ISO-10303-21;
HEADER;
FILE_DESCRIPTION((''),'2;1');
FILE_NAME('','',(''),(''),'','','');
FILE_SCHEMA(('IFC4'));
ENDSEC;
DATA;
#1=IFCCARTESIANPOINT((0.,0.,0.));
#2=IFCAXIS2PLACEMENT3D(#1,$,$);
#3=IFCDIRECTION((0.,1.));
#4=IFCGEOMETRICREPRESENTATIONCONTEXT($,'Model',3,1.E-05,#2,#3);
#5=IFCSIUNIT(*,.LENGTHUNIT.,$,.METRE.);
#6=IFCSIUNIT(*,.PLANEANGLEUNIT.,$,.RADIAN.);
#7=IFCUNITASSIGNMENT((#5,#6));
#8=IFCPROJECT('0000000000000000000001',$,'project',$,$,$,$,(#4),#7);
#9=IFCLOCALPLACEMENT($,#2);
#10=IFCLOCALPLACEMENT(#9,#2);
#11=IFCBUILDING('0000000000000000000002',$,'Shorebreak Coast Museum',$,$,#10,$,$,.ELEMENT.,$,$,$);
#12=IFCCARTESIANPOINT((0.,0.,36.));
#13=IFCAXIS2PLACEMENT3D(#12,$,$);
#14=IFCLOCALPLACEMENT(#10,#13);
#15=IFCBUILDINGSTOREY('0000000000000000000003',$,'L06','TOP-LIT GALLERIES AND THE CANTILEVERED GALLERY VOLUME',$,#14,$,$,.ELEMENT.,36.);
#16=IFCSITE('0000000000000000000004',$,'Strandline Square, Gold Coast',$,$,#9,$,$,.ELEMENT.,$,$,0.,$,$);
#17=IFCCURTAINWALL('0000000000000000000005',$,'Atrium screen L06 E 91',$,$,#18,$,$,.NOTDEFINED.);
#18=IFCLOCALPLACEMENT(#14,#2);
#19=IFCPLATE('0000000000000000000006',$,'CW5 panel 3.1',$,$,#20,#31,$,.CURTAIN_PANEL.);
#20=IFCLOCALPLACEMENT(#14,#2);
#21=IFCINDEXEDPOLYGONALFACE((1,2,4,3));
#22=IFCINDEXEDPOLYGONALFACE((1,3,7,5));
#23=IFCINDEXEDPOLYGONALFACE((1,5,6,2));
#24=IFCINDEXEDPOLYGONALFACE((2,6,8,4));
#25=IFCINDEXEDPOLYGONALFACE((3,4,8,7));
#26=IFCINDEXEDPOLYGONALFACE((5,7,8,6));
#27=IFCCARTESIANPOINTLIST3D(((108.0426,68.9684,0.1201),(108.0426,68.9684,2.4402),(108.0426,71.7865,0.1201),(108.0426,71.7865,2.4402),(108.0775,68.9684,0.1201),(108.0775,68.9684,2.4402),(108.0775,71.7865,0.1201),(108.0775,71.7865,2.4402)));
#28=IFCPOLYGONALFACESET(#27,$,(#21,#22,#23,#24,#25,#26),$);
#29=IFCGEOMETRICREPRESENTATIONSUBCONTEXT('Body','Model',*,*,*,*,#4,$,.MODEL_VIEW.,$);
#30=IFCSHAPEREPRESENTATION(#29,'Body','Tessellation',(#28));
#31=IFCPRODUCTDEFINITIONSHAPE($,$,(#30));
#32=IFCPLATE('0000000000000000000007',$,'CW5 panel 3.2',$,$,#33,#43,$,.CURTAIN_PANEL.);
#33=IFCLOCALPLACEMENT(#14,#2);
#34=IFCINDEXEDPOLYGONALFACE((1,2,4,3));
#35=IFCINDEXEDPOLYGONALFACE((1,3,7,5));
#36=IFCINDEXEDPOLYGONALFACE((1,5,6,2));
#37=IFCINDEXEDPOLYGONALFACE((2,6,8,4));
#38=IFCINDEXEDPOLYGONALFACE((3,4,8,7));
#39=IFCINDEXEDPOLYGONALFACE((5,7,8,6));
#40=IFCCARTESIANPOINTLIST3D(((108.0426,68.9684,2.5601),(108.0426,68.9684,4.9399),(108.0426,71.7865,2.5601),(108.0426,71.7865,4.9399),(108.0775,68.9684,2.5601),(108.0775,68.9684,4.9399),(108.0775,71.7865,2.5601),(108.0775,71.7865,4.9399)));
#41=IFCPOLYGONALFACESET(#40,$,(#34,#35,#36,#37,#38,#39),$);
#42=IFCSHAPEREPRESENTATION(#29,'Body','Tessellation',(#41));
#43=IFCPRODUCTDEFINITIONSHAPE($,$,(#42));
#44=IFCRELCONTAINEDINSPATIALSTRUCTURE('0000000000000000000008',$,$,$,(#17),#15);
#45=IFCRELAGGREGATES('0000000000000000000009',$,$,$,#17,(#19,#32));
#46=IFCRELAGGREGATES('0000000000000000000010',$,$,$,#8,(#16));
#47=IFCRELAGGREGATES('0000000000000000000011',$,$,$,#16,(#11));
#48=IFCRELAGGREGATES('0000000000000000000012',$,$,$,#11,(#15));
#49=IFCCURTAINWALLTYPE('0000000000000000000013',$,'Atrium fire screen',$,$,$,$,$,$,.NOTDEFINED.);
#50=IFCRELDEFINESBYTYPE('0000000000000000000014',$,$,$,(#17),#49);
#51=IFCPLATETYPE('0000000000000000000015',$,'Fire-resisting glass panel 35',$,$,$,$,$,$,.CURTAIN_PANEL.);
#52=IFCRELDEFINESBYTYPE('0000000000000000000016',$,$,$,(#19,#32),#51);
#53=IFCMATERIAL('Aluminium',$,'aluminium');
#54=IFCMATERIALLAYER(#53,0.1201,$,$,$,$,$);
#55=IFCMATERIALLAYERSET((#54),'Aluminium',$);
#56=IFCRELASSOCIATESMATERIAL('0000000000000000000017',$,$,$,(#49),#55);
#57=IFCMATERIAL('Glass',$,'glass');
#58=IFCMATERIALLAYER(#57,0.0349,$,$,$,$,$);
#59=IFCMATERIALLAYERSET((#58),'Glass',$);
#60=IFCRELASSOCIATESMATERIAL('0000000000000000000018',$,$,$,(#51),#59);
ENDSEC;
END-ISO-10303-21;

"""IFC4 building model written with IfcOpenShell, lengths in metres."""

from ifc_helpers import new_model, si_unit, direction, frame, origin, origin_2d, place, context, subcontext, project, spatial, rectangle, extrude, material, layer, layer_set, type_object, element, aggregate, save


model = new_model("IFC4")

# Units and contexts
model_context = context("Model", 3, precision=1e-05, world=origin(), true_north=direction((0.0, 1.0)))
body_context = subcontext(model_context, "Body", "Model", "MODEL_VIEW")
ifc_project = project(units=[si_unit("LENGTHUNIT", "METRE"), si_unit("PLANEANGLEUNIT", "RADIAN")], contexts=[model_context])

# Site, building, storey
site_placement = place(None, origin())
site = spatial("IfcSite", under=ifc_project, at=site_placement, Name="Strandline Square, Gold Coast", CompositionType="ELEMENT", RefElevation=0.0)
building_placement = place(site_placement, origin())
building = spatial("IfcBuilding", under=site, at=building_placement, Name="Shorebreak Coast Museum", CompositionType="ELEMENT")
storey_placement = place(building_placement, frame((0.0, 0.0, 36.0)))
storey = spatial("IfcBuildingStorey", under=building, at=storey_placement, Name="L06", Description="TOP-LIT GALLERIES AND THE CANTILEVERED GALLERY VOLUME", CompositionType="ELEMENT", Elevation=36.0)

# Curtain wall, plates
ifc_material_1 = material(Name="Aluminium", Category="aluminium")
ifc_layer_1 = layer(ifc_material_1, 0.1201)
ifc_layer_set_1 = layer_set([ifc_layer_1], Name="Aluminium")
curtain_wall_type = type_object("IfcCurtainWallType", Name="Atrium fire screen", PredefinedType="NOTDEFINED", material=ifc_layer_set_1)
curtain_wall_placement = place(storey_placement, origin())
curtain_wall = element("IfcCurtainWall", 1, at=curtain_wall_placement, inside=storey, type_object=curtain_wall_type, Name="Atrium screen L06 E 91", PredefinedType="NOTDEFINED")
ifc_material_2 = material(Name="Glass", Category="glass")
ifc_layer_2 = layer(ifc_material_2, 0.0349)
ifc_layer_set_2 = layer_set([ifc_layer_2], Name="Glass")
plate_type = type_object("IfcPlateType", Name="Fire-resisting glass panel 35", PredefinedType="CURTAIN_PANEL", material=ifc_layer_set_2)
plate_1_placement = place(storey_placement, frame((108.0601, 70.3774, 0.1201), z_axis=(0.0, 0.0, 1.0), x_axis=(0.0, 1.0, 0.0)))
plate_1 = element("IfcPlate", 2, at=plate_1_placement, type_object=plate_type, Name="CW5 panel 3.1", PredefinedType="CURTAIN_PANEL", context=body_context, shape_type="SweptSolid", body=[
    extrude(rectangle(XDim=2.8181, YDim=0.0349, at=origin_2d()), origin(), (0.0, 0.0, 1.0), 2.3201),
])
plate_2_placement = place(storey_placement, frame((108.0601, 70.3774, 2.5601), z_axis=(0.0, 0.0, 1.0), x_axis=(0.0, 1.0, 0.0)))
plate_2 = element("IfcPlate", 3, at=plate_2_placement, type_object=plate_type, Name="CW5 panel 3.2", PredefinedType="CURTAIN_PANEL", context=body_context, shape_type="SweptSolid", body=[
    extrude(rectangle(XDim=2.8181, YDim=0.0349, at=origin_2d()), origin(), (0.0, 0.0, 1.0), 2.3799),
])
aggregate(curtain_wall, [plate_1, plate_2])

save(model, "model.ifc")
